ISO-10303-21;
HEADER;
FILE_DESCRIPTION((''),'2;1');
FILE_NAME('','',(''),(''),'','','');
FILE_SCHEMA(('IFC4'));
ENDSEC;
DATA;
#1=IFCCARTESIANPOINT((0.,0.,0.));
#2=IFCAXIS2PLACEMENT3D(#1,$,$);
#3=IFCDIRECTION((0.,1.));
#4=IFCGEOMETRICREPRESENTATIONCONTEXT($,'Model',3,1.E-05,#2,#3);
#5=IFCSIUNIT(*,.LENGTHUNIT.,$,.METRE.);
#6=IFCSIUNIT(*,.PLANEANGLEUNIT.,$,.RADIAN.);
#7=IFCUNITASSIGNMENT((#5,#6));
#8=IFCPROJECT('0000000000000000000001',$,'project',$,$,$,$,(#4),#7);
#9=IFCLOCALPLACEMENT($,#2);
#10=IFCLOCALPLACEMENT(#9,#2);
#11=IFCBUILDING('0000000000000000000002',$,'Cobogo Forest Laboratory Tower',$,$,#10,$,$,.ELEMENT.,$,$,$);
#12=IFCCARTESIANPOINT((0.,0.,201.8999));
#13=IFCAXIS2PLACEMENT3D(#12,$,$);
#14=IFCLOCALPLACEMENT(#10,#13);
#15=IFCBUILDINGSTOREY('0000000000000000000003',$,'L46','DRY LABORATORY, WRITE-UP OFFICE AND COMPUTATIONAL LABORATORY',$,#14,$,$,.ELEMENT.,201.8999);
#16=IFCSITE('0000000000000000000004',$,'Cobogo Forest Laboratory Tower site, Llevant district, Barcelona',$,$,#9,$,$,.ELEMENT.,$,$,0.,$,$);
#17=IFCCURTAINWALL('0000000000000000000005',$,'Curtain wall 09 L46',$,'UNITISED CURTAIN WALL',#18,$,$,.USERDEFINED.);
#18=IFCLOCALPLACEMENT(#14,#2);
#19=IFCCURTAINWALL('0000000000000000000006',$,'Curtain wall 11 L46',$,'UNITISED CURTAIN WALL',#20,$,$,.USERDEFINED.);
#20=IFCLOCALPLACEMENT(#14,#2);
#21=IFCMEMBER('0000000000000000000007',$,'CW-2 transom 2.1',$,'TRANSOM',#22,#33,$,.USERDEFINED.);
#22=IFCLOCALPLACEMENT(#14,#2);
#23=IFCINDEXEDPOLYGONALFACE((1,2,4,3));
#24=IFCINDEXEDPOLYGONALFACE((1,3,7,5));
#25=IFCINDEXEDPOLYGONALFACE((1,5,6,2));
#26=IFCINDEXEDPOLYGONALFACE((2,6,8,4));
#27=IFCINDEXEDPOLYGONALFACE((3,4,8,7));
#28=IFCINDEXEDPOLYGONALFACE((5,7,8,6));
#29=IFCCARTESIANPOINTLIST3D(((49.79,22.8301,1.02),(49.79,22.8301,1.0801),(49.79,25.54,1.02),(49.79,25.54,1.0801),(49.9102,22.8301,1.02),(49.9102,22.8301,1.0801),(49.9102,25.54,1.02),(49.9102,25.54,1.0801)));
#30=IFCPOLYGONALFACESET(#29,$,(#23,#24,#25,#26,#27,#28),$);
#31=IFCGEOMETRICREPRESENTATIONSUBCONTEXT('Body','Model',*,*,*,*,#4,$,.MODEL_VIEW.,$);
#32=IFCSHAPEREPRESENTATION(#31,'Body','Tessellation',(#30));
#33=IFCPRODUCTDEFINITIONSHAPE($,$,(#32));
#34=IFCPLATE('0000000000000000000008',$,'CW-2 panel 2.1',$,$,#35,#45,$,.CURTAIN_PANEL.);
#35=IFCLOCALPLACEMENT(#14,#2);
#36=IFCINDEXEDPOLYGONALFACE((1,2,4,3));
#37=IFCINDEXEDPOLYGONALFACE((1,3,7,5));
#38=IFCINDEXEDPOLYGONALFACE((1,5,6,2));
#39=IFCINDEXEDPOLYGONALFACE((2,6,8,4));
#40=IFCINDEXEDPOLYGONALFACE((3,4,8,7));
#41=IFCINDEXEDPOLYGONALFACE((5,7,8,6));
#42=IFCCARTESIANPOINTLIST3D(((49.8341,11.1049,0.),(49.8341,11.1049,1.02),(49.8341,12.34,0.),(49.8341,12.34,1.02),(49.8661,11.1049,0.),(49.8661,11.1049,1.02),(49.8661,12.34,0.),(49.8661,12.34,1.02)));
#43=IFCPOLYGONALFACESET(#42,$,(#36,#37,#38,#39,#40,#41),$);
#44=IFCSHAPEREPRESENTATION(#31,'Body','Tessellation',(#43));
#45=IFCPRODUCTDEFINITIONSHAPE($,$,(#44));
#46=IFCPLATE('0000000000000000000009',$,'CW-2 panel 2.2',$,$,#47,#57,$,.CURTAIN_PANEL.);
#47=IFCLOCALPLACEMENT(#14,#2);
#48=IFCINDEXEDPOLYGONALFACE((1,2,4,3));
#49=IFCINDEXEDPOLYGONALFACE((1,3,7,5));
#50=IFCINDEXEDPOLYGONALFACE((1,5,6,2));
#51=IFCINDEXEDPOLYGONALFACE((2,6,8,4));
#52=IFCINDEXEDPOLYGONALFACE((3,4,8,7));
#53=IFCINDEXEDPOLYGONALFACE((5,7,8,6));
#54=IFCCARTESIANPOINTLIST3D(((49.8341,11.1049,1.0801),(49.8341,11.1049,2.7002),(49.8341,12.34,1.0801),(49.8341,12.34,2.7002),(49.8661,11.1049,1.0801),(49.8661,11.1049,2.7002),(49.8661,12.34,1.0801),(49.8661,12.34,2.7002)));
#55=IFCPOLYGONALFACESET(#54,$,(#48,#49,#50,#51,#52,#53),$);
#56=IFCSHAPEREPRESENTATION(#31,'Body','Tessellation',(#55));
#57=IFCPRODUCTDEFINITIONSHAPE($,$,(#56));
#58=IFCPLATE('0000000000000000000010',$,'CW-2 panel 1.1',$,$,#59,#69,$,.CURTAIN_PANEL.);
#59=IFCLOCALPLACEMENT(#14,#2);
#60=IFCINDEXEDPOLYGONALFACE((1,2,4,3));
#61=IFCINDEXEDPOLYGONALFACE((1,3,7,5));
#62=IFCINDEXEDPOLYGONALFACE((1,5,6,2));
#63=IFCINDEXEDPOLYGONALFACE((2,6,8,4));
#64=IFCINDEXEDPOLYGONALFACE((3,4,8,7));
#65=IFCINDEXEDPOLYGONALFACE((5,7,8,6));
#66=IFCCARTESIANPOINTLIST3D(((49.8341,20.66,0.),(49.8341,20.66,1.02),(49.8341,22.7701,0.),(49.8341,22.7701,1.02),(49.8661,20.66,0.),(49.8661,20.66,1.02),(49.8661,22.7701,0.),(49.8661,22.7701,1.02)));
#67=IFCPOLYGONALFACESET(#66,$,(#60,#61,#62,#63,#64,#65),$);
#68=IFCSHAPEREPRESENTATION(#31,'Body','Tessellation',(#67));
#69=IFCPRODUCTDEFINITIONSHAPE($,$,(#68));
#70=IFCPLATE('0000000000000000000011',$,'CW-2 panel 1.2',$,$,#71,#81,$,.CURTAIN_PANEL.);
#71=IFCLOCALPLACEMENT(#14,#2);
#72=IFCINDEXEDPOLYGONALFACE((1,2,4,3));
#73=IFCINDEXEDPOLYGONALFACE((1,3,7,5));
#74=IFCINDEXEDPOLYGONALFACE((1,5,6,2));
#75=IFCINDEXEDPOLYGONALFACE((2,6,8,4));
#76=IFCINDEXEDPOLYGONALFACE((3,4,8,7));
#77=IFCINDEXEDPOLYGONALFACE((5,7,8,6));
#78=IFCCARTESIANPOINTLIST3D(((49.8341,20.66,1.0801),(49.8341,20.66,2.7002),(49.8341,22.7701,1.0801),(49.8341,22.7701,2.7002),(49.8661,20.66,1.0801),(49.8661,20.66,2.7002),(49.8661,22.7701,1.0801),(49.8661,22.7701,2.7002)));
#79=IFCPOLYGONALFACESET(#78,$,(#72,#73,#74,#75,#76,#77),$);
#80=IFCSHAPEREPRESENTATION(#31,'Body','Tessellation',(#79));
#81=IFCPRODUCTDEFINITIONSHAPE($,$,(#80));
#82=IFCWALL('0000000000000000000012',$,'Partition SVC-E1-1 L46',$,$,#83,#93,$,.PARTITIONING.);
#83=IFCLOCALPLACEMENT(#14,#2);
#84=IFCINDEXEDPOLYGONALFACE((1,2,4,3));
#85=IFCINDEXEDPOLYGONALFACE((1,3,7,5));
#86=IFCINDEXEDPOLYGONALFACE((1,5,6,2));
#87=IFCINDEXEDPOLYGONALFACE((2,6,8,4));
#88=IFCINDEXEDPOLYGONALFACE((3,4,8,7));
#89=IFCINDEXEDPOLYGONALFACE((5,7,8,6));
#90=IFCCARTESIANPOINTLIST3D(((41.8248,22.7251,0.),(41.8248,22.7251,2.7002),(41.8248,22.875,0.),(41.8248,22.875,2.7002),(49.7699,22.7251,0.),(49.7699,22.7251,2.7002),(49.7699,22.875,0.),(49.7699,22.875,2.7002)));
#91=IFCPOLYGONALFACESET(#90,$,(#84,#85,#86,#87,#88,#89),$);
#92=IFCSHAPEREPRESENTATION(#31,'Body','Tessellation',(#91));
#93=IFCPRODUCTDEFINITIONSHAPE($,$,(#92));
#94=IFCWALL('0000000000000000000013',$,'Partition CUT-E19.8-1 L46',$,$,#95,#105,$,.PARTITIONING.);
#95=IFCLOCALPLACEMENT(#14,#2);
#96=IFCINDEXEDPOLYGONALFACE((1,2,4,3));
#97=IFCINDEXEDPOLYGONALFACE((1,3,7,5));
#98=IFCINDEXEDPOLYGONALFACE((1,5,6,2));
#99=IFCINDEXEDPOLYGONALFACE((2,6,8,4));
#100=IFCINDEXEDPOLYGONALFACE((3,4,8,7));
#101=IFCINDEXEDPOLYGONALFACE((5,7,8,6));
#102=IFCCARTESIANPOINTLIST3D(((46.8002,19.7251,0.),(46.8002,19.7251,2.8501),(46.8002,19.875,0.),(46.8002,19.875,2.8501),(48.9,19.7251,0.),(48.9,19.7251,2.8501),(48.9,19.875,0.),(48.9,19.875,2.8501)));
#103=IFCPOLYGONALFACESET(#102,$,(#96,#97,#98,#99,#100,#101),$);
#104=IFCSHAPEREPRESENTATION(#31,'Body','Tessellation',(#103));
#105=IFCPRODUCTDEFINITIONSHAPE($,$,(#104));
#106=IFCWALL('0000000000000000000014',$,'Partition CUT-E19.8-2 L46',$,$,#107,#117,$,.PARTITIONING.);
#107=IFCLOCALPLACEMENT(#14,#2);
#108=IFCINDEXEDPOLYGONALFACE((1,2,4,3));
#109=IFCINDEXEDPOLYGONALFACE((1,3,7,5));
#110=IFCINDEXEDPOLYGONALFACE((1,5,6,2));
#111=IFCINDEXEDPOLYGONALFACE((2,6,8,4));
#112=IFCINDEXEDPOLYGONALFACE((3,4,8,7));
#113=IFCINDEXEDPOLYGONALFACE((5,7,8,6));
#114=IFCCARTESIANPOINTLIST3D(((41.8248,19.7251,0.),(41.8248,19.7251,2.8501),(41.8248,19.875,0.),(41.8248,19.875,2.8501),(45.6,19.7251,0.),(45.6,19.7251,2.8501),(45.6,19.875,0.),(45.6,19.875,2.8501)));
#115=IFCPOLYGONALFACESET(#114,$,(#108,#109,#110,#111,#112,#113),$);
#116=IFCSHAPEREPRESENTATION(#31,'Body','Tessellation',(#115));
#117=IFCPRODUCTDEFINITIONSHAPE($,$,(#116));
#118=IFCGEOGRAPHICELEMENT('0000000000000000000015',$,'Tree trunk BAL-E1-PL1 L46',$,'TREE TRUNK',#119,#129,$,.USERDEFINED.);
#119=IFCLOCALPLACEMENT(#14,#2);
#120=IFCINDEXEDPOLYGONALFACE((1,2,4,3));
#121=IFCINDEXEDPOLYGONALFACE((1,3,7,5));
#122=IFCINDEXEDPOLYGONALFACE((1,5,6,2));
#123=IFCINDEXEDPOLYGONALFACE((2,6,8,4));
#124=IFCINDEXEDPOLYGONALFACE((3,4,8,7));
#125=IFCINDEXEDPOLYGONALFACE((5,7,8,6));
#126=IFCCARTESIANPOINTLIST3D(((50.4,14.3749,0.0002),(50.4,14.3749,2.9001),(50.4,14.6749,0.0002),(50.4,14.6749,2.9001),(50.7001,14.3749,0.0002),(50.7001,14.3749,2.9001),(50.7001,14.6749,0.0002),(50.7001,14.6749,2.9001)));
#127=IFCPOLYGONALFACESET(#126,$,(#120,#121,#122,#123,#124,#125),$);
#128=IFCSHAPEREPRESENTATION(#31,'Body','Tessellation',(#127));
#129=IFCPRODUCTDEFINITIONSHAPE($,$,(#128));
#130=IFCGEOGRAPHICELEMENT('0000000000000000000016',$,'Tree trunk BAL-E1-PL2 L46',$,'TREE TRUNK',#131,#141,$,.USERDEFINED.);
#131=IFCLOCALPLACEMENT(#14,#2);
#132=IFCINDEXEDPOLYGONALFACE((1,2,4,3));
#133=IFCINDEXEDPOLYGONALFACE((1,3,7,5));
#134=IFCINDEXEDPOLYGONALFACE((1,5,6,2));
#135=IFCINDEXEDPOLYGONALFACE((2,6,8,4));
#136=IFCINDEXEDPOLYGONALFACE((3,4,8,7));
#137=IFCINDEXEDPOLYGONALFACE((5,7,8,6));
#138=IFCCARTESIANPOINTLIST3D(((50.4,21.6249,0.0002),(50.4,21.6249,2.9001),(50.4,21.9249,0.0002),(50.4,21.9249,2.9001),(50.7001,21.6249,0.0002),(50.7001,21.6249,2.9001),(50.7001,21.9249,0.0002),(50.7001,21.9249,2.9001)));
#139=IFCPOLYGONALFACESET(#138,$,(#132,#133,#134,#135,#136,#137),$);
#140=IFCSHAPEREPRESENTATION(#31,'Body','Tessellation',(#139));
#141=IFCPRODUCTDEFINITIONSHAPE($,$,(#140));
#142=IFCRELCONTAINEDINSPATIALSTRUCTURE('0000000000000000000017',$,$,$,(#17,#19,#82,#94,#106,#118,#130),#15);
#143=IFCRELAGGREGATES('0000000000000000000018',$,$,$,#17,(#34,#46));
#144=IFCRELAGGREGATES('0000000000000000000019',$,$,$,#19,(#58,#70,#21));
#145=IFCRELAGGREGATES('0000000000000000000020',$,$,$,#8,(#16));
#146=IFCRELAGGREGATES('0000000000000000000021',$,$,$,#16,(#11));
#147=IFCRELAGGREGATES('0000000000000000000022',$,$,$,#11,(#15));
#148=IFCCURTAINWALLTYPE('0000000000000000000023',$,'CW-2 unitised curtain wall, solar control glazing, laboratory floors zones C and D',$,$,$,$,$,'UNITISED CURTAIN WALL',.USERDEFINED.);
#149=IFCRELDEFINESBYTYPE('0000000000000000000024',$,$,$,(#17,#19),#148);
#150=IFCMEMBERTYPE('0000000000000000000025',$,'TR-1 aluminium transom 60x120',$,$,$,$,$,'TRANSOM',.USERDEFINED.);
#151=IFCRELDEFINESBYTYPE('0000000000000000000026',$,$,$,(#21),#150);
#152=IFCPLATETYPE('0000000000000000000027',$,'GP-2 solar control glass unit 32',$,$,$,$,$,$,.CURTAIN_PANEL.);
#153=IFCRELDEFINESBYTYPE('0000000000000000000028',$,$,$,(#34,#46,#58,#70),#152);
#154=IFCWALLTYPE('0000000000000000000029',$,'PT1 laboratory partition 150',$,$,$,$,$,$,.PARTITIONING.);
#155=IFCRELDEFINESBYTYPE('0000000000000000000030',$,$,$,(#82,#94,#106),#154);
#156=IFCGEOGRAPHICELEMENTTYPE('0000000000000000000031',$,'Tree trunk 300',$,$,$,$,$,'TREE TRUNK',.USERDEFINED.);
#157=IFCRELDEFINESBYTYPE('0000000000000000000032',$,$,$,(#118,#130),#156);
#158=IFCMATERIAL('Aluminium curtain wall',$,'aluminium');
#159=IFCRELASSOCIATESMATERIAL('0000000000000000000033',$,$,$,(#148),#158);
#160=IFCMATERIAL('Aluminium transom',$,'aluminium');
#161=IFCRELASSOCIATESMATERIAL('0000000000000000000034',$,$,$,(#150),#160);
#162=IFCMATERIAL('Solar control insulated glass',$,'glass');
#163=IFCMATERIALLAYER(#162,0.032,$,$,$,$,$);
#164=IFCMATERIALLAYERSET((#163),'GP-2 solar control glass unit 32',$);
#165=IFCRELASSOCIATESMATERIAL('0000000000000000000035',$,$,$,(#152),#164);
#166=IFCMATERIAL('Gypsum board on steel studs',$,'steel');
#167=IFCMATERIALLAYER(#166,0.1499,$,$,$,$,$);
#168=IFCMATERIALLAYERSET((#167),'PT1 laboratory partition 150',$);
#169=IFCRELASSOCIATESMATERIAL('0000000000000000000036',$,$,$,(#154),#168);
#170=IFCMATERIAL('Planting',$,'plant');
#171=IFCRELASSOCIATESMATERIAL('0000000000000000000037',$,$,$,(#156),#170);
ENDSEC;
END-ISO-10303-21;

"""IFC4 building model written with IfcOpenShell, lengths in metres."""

from ifc_helpers import new_model, si_unit, direction, frame, frame_2d, origin, origin_2d, place, context, subcontext, project, spatial, rectangle, extrude, material, layer, layer_set, material_profile, profile_set, type_object, element, aggregate, save


model = new_model("IFC4")

# Units and contexts
model_context = context("Model", 3, precision=1e-05, world=origin(), true_north=direction((0.0, 1.0)))
body_context = subcontext(model_context, "Body", "Model", "MODEL_VIEW")
ifc_project = project(units=[si_unit("LENGTHUNIT", "METRE"), si_unit("PLANEANGLEUNIT", "RADIAN")], contexts=[model_context])

# Site, building, storey
site_placement = place(None, origin())
site = spatial("IfcSite", under=ifc_project, at=site_placement, Name="Cobogo Forest Laboratory Tower site, Llevant district, Barcelona", CompositionType="ELEMENT", RefElevation=0.0)
building_placement = place(site_placement, origin())
building = spatial("IfcBuilding", under=site, at=building_placement, Name="Cobogo Forest Laboratory Tower", CompositionType="ELEMENT")
storey_placement = place(building_placement, frame((0.0, 0.0, 201.8999)))
storey = spatial("IfcBuildingStorey", under=building, at=storey_placement, Name="L46", Description="DRY LABORATORY, WRITE-UP OFFICE AND COMPUTATIONAL LABORATORY", CompositionType="ELEMENT", Elevation=201.8999)

# Curtain wall
ifc_material_1 = material(Name="Aluminium curtain wall", Category="aluminium")
curtain_wall_type = type_object("IfcCurtainWallType", Name="CW-2 unitised curtain wall, solar control glazing, laboratory floors zones C and D", ElementType="UNITISED CURTAIN WALL", PredefinedType="USERDEFINED", material=ifc_material_1)
curtain_wall_1_placement = place(storey_placement, origin())
curtain_wall_1 = element("IfcCurtainWall", 1, at=curtain_wall_1_placement, inside=storey, type_object=curtain_wall_type, Name="Curtain wall 09 L46", ObjectType="UNITISED CURTAIN WALL", PredefinedType="USERDEFINED")

# Curtain wall
curtain_wall_2_placement = place(storey_placement, origin())
curtain_wall_2 = element("IfcCurtainWall", 2, at=curtain_wall_2_placement, inside=storey, type_object=curtain_wall_type, Name="Curtain wall 11 L46", ObjectType="UNITISED CURTAIN WALL", PredefinedType="USERDEFINED")

# Member
ifc_material_2 = material(Name="Aluminium transom", Category="aluminium")
ifc_material_profile_1 = material_profile(ifc_material_2, rectangle(XDim=0.1201, YDim=0.0601, at=origin_2d()), Name="AL 60x120")
ifc_profile_set_1 = profile_set([ifc_material_profile_1], Name="Aluminium transom")
member_type_1 = type_object("IfcMemberType", Name="TR-1 aluminium transom 60x120", ElementType="TRANSOM", PredefinedType="USERDEFINED", material=ifc_profile_set_1)
member_1_placement = place(storey_placement, frame((49.8501, 22.8301, 1.05), z_axis=(0.0, 1.0, 0.0), x_axis=(-1.0, 0.0, 0.0)))
member_1 = element("IfcMember", 3, at=member_1_placement, type_object=member_type_1, Name="CW-2 transom 2.1", ObjectType="TRANSOM", PredefinedType="USERDEFINED", context=body_context, shape_type="SweptSolid", body=[
    extrude(rectangle(XDim=0.1201, YDim=0.0601, at=origin_2d()), origin(), (0.0, 0.0, 1.0), 2.71),
])

# Plates
ifc_material_3 = material(Name="Solar control insulated glass", Category="glass")
ifc_layer_1 = layer(ifc_material_3, 0.032)
ifc_layer_set_1 = layer_set([ifc_layer_1], Name="GP-2 solar control glass unit 32")
plate_type = type_object("IfcPlateType", Name="GP-2 solar control glass unit 32", PredefinedType="CURTAIN_PANEL", material=ifc_layer_set_1)
plate_1_placement = place(storey_placement, frame((49.8501, 11.7224, 0.0), z_axis=(0.0, 0.0, 1.0), x_axis=(0.0, 1.0, 0.0)))
plate_1 = element("IfcPlate", 4, at=plate_1_placement, type_object=plate_type, Name="CW-2 panel 2.1", PredefinedType="CURTAIN_PANEL", context=body_context, shape_type="SweptSolid", body=[
    extrude(rectangle(XDim=1.2351, YDim=0.032, at=origin_2d()), origin(), (0.0, 0.0, 1.0), 1.02),
])
plate_2_placement = place(storey_placement, frame((49.8501, 11.7224, 1.0801), z_axis=(0.0, 0.0, 1.0), x_axis=(0.0, 1.0, 0.0)))
plate_2 = element("IfcPlate", 5, at=plate_2_placement, type_object=plate_type, Name="CW-2 panel 2.2", PredefinedType="CURTAIN_PANEL", context=body_context, shape_type="SweptSolid", body=[
    extrude(rectangle(XDim=1.2351, YDim=0.032, at=origin_2d()), origin(), (0.0, 0.0, 1.0), 1.6201),
])
aggregate(curtain_wall_1, [plate_1, plate_2])
plate_3_placement = place(storey_placement, frame((49.8501, 21.7151, 0.0), z_axis=(0.0, 0.0, 1.0), x_axis=(0.0, 1.0, 0.0)))
plate_3 = element("IfcPlate", 6, at=plate_3_placement, type_object=plate_type, Name="CW-2 panel 1.1", PredefinedType="CURTAIN_PANEL", context=body_context, shape_type="SweptSolid", body=[
    extrude(rectangle(XDim=2.1101, YDim=0.032, at=origin_2d()), origin(), (0.0, 0.0, 1.0), 1.02),
])
plate_4_placement = place(storey_placement, frame((49.8501, 21.7151, 1.0801), z_axis=(0.0, 0.0, 1.0), x_axis=(0.0, 1.0, 0.0)))
plate_4 = element("IfcPlate", 7, at=plate_4_placement, type_object=plate_type, Name="CW-2 panel 1.2", PredefinedType="CURTAIN_PANEL", context=body_context, shape_type="SweptSolid", body=[
    extrude(rectangle(XDim=2.1101, YDim=0.032, at=origin_2d()), origin(), (0.0, 0.0, 1.0), 1.6201),
])
aggregate(curtain_wall_2, [plate_3, plate_4, member_1])

# Walls
ifc_material_4 = material(Name="Gypsum board on steel studs", Category="steel")
ifc_layer_2 = layer(ifc_material_4, 0.1499)
ifc_layer_set_2 = layer_set([ifc_layer_2], Name="PT1 laboratory partition 150")
wall_type_1 = type_object("IfcWallType", Name="PT1 laboratory partition 150", PredefinedType="PARTITIONING", material=ifc_layer_set_2)
wall_1_placement = place(storey_placement, frame((49.77, 22.8, 0.0), z_axis=(0.0, 0.0, 1.0), x_axis=(-1.0, 0.0, 0.0)))
element("IfcWall", 8, at=wall_1_placement, inside=storey, type_object=wall_type_1, Name="Partition SVC-E1-1 L46", PredefinedType="PARTITIONING", context=body_context, shape_type="SweptSolid", body=[
    extrude(rectangle(XDim=7.9451, YDim=0.1499, at=frame_2d((3.9727, 0.0))), origin(), (0.0, 0.0, 1.0), 2.7002),
])
wall_2_placement = place(storey_placement, frame((48.8999, 19.8, 0.0), z_axis=(0.0, 0.0, 1.0), x_axis=(-1.0, 0.0, 0.0)))
element("IfcWall", 9, at=wall_2_placement, inside=storey, type_object=wall_type_1, Name="Partition CUT-E19.8-1 L46", PredefinedType="PARTITIONING", context=body_context, shape_type="SweptSolid", body=[
    extrude(rectangle(XDim=2.0999, YDim=0.1499, at=frame_2d((1.0498, 0.0))), origin(), (0.0, 0.0, 1.0), 2.8501),
])
wall_3_placement = place(storey_placement, frame((45.6001, 19.8, 0.0), z_axis=(0.0, 0.0, 1.0), x_axis=(-1.0, 0.0, 0.0)))
element("IfcWall", 10, at=wall_3_placement, inside=storey, type_object=wall_type_1, Name="Partition CUT-E19.8-2 L46", PredefinedType="PARTITIONING", context=body_context, shape_type="SweptSolid", body=[
    extrude(rectangle(XDim=3.7751, YDim=0.1499, at=frame_2d((1.8877, 0.0))), origin(), (0.0, 0.0, 1.0), 2.8501),
])

# Geographic elements
ifc_material_5 = material(Name="Planting", Category="plant")
geographic_element_type = type_object("IfcGeographicElementType", Name="Tree trunk 300", ElementType="TREE TRUNK", PredefinedType="USERDEFINED", material=ifc_material_5)
for number, where, z_axis, x_axis, name in (
    (11, (50.55, 14.5249, 0.0002), (0.0, 0.0, 1.0), (1.0, 0.0, 0.0), "Tree trunk BAL-E1-PL1 L46"),
    (12, (50.55, 21.7749, 0.0002), (0.0, 0.0, 1.0), (1.0, 0.0, 0.0), "Tree trunk BAL-E1-PL2 L46"),
):
    element("IfcGeographicElement", number, at=place(storey_placement, frame(where, z_axis=z_axis, x_axis=x_axis)), inside=storey, type_object=geographic_element_type, Name=name, ObjectType="TREE TRUNK", PredefinedType="USERDEFINED", context=body_context, shape_type="SweptSolid", body=[
        extrude(rectangle(XDim=0.3, YDim=0.3, at=origin_2d()), origin(), (0.0, 0.0, 1.0), 2.8999),
    ])

save(model, "model.ifc")
